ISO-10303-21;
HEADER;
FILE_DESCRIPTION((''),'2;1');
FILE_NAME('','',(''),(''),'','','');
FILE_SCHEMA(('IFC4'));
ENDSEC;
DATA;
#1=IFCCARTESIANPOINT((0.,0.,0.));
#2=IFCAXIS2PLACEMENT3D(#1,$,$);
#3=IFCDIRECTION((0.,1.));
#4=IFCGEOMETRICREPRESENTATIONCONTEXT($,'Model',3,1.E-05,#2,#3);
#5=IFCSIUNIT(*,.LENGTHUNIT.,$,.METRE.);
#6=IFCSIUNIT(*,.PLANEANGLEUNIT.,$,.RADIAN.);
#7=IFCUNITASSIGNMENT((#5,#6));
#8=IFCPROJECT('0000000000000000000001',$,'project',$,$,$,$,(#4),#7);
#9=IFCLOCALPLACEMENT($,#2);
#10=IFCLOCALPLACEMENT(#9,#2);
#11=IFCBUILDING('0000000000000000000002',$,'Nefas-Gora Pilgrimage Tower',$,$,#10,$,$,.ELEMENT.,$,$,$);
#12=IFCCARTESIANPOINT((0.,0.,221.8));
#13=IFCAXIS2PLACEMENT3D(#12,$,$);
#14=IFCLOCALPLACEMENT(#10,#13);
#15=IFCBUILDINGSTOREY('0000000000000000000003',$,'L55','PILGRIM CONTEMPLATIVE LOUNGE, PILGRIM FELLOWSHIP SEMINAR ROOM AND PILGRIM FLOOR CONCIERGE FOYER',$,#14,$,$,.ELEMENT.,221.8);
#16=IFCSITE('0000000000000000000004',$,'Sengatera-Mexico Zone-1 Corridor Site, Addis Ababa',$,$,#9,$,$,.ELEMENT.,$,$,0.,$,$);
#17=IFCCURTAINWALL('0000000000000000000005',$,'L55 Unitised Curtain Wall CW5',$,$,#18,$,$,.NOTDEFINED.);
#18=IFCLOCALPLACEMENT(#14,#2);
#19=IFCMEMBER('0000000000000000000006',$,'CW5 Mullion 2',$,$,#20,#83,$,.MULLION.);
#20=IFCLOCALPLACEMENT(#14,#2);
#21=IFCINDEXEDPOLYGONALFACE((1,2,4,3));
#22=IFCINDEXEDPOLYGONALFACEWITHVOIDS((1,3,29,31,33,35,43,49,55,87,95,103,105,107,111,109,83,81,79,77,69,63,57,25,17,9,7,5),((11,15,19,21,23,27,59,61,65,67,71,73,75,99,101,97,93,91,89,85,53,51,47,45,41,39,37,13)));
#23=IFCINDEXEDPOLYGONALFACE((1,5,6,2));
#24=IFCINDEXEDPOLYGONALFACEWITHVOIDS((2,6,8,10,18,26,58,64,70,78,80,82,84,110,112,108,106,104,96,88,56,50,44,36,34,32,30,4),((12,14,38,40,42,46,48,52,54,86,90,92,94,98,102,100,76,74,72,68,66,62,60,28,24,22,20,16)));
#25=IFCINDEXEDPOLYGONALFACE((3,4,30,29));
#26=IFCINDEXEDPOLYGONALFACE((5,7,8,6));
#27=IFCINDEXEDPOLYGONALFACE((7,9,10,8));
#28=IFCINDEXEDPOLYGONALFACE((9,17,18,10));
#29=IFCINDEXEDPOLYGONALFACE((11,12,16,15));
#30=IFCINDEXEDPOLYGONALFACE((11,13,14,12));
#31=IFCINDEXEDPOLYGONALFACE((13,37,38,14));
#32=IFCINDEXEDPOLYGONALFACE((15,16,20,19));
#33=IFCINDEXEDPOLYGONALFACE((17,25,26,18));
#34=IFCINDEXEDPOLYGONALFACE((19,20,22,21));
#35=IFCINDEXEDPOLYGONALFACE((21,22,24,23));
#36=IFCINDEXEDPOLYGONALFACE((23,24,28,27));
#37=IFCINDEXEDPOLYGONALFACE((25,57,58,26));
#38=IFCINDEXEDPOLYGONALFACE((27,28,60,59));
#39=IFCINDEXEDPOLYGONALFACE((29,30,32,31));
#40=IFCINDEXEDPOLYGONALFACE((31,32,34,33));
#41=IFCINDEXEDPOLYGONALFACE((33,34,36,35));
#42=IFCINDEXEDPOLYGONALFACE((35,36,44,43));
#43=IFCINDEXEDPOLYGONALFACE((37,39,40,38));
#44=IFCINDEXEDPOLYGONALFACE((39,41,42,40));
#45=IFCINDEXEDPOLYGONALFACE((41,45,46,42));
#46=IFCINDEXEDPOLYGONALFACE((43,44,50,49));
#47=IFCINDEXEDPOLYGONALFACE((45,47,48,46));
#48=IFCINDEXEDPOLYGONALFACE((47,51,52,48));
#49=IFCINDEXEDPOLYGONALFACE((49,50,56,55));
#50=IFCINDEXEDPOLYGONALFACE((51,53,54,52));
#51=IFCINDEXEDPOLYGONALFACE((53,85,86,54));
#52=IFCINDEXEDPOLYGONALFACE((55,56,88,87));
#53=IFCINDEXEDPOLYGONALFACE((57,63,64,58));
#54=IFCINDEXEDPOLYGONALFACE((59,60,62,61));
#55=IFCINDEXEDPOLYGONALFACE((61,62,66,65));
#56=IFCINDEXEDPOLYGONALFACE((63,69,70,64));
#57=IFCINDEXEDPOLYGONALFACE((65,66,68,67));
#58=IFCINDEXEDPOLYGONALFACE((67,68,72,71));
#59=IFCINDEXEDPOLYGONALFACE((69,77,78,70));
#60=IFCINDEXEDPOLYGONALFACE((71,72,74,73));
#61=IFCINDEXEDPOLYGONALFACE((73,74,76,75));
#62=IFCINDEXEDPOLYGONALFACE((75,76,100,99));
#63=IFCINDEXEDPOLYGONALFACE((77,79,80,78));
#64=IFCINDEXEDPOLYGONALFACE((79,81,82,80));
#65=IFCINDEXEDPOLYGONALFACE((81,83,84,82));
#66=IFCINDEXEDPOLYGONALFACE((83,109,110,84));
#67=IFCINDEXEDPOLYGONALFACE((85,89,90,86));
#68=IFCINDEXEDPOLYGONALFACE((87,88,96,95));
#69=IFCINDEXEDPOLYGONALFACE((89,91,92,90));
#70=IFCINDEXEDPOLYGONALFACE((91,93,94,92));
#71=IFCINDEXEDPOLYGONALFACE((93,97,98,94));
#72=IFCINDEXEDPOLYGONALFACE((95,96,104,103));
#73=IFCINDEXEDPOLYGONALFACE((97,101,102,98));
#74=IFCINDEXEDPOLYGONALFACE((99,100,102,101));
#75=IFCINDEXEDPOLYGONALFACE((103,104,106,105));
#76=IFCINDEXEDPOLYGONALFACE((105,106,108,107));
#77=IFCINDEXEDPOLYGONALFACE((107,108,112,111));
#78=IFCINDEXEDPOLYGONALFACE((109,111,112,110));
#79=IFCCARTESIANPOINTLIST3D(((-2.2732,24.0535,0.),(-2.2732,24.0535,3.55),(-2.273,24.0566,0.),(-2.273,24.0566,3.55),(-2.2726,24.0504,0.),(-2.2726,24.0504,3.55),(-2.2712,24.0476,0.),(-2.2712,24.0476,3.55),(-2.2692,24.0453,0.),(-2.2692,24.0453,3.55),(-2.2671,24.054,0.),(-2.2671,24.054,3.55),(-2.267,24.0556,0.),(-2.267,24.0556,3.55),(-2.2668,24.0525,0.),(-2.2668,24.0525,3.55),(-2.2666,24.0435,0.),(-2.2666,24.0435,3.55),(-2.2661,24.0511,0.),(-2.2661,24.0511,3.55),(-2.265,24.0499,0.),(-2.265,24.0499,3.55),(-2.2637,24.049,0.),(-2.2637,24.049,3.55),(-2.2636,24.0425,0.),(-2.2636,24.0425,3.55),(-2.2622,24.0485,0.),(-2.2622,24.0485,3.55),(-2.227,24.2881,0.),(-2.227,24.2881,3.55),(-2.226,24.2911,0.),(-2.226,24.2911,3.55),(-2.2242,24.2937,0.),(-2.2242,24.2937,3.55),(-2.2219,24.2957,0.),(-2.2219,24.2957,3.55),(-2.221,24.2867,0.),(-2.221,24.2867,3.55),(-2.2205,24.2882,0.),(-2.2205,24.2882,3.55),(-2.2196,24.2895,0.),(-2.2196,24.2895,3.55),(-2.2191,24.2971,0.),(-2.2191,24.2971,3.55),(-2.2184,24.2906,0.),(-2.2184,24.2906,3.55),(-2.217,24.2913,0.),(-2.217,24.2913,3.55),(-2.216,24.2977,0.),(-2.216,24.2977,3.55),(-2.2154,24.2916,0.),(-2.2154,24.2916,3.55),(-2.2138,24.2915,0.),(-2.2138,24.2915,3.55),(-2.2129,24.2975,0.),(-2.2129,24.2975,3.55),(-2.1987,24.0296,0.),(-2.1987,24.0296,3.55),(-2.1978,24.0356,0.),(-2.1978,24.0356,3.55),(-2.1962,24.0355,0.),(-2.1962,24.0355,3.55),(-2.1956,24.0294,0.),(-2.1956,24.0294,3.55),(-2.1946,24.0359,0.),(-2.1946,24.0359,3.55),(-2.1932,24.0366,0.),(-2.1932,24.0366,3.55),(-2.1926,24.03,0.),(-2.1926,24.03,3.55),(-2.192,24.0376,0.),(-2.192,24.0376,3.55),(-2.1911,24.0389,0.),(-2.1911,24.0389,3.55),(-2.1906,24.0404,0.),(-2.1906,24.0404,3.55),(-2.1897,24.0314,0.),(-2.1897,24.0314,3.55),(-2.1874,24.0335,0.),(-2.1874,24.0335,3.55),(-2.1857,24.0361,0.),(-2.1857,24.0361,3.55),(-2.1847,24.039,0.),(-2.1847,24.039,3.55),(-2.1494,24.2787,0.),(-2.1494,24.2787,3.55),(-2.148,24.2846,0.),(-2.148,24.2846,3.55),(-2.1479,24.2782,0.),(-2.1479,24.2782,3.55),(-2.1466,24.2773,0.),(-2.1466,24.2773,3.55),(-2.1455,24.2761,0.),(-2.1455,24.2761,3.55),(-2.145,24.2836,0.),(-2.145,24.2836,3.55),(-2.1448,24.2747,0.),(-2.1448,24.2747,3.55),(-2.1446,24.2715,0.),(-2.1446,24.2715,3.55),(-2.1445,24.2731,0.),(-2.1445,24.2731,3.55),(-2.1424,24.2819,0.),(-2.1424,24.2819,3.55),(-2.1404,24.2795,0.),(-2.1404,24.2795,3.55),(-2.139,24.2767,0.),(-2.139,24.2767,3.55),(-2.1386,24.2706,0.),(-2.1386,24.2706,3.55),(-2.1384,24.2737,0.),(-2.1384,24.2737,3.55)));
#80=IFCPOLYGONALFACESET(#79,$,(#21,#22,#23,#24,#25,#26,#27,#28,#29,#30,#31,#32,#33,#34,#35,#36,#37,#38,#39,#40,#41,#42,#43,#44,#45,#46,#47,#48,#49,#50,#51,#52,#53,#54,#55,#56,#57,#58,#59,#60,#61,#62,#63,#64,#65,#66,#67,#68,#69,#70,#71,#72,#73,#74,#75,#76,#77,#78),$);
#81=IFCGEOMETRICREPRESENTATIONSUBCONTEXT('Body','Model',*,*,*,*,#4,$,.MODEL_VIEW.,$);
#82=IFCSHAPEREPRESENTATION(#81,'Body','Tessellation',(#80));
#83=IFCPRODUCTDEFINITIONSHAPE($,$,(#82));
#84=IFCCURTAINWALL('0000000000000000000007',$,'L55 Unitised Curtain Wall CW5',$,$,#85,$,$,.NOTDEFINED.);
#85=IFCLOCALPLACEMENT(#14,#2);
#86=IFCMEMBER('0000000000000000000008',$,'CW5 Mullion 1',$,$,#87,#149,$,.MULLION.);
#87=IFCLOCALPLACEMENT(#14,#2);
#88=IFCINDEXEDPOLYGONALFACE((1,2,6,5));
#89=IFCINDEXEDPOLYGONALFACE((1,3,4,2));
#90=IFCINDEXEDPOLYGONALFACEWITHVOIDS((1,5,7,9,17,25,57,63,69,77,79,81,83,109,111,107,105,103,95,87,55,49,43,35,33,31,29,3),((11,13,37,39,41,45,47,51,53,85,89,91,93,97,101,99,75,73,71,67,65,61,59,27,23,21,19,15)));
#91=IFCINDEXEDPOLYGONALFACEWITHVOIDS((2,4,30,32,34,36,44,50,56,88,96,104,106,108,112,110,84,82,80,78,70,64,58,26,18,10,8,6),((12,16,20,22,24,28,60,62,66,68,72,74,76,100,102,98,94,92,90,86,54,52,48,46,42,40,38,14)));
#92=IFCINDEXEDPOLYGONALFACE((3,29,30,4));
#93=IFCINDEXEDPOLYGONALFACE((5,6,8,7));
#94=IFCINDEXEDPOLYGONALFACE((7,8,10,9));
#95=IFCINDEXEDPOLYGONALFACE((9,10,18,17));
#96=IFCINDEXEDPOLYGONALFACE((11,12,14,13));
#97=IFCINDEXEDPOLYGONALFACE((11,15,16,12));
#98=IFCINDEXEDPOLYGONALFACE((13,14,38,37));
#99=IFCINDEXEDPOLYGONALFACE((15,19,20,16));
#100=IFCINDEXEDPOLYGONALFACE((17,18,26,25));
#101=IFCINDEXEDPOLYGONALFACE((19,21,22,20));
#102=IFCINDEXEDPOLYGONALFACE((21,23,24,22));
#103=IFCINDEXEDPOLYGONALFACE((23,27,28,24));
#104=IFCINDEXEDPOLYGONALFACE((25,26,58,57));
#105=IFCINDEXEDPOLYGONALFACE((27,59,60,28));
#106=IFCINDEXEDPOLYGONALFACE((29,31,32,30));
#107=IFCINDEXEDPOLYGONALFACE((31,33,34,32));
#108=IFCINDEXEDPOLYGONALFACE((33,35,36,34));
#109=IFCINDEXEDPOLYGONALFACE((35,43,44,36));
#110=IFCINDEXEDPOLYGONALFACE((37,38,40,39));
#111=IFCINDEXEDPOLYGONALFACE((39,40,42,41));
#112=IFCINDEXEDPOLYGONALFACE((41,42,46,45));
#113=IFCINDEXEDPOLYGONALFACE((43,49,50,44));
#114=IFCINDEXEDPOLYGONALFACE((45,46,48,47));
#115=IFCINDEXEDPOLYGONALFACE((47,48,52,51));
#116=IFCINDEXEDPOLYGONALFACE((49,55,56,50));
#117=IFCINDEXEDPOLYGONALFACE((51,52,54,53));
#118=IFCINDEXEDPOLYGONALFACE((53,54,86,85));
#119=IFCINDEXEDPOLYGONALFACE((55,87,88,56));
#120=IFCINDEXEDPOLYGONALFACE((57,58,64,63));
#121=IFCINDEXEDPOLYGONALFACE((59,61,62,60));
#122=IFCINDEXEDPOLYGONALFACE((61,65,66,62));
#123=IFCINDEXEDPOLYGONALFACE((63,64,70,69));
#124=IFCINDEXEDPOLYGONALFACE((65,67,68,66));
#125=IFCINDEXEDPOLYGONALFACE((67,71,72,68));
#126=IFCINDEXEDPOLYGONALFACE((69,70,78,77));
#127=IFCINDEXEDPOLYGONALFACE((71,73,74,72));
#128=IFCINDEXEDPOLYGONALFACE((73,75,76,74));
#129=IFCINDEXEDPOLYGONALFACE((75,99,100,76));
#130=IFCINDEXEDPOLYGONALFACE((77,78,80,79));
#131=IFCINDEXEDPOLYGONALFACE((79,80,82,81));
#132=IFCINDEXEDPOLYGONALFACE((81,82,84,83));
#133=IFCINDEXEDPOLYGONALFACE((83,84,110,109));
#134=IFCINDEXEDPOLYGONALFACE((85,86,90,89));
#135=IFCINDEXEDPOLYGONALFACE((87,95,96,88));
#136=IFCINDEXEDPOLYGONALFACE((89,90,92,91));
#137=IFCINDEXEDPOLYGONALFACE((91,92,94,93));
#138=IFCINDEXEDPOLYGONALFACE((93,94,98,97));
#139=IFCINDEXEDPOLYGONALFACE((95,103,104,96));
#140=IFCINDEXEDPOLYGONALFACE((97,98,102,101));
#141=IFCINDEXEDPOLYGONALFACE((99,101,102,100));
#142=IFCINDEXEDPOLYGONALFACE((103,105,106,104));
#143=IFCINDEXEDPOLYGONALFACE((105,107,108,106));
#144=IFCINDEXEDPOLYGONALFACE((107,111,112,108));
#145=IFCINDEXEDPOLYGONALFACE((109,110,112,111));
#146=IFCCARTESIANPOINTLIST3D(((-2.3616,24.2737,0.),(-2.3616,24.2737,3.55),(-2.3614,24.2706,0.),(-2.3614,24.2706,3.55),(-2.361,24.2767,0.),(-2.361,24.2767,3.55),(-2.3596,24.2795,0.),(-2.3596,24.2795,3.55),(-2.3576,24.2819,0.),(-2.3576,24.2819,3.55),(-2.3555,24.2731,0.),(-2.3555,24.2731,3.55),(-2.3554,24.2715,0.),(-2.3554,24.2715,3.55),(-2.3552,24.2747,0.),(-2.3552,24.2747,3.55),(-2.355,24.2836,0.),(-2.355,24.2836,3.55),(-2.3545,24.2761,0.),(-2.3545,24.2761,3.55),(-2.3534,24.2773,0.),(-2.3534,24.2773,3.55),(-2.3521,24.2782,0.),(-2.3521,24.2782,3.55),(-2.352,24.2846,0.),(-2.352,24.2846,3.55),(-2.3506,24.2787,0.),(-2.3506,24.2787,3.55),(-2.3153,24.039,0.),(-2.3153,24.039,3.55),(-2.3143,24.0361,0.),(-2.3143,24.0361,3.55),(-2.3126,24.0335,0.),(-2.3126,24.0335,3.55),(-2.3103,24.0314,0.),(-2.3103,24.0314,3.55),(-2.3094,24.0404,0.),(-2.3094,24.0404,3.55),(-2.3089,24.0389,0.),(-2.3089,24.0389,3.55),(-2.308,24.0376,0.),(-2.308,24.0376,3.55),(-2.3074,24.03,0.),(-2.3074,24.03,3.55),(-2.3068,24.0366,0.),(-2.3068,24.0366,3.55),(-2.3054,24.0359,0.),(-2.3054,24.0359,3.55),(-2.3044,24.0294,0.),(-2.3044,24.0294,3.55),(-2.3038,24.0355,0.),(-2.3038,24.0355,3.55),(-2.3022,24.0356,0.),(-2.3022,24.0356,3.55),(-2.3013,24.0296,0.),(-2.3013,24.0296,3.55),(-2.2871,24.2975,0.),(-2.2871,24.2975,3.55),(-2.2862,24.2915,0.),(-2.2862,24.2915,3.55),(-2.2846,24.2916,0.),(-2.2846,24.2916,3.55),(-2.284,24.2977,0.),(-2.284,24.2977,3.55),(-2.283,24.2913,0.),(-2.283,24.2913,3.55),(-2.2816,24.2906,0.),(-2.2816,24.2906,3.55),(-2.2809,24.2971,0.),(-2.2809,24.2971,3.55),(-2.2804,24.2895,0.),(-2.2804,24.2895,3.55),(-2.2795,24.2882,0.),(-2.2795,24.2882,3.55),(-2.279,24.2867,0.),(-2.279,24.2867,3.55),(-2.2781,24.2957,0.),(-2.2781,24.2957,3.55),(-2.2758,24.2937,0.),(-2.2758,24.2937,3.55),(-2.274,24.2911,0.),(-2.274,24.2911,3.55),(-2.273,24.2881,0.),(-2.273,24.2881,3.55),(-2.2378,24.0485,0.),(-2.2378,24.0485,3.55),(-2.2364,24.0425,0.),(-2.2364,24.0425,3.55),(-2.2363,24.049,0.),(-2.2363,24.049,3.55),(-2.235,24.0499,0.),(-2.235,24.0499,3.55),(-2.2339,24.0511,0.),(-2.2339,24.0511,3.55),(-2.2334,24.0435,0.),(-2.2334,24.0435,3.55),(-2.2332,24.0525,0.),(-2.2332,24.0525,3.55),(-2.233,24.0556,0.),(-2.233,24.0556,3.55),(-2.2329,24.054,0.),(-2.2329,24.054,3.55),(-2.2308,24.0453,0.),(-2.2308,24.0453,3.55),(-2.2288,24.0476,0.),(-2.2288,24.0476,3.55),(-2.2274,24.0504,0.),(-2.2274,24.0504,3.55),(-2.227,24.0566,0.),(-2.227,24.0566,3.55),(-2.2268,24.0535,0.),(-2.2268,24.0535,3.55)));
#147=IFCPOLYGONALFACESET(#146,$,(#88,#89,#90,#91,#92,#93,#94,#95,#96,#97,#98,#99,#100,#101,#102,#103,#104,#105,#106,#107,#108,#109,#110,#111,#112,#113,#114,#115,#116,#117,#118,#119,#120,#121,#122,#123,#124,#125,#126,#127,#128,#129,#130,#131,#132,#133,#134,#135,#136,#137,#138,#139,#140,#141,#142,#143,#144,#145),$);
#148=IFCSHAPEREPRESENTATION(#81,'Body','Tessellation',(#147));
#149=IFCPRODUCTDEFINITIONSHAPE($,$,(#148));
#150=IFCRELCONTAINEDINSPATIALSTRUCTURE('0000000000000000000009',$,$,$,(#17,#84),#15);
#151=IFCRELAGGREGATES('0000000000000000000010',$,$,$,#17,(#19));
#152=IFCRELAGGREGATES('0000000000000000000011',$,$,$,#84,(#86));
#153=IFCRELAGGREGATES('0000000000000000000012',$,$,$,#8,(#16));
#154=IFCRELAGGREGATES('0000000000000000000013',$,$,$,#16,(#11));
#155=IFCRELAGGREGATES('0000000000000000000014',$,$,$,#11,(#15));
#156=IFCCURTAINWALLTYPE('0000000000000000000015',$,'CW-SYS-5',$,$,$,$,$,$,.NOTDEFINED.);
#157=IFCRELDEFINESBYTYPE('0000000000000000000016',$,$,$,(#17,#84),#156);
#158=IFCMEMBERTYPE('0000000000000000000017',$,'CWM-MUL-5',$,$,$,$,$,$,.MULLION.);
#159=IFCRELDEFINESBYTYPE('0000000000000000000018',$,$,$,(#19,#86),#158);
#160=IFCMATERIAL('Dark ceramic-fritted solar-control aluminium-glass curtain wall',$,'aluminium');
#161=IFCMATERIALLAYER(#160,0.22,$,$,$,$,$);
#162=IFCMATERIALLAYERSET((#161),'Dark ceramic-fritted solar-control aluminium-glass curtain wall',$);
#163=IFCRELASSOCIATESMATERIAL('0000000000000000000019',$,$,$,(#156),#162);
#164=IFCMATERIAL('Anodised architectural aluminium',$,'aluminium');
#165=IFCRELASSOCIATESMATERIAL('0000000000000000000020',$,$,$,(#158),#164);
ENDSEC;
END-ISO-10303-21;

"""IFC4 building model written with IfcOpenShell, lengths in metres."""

from ifc_helpers import new_model, si_unit, direction, frame, origin, origin_2d, place, context, subcontext, project, spatial, hollow_rectangle, extrude, source, transform, mapped, material, layer, layer_set, material_profile, profile_set, type_object, element, aggregate, save


model = new_model("IFC4")

# Units and contexts
model_context = context("Model", 3, precision=1e-05, world=origin(), true_north=direction((0.0, 1.0)))
body_context = subcontext(model_context, "Body", "Model", "MODEL_VIEW")
ifc_project = project(units=[si_unit("LENGTHUNIT", "METRE"), si_unit("PLANEANGLEUNIT", "RADIAN")], contexts=[model_context])

# Site, building, storey
site_placement = place(None, origin())
site = spatial("IfcSite", under=ifc_project, at=site_placement, Name="Sengatera-Mexico Zone-1 Corridor Site, Addis Ababa", CompositionType="ELEMENT", RefElevation=0.0)
building_placement = place(site_placement, origin())
building = spatial("IfcBuilding", under=site, at=building_placement, Name="Nefas-Gora Pilgrimage Tower", CompositionType="ELEMENT")
storey_placement = place(building_placement, frame((0.0, 0.0, 221.8)))
storey = spatial("IfcBuildingStorey", under=building, at=storey_placement, Name="L55", Description="PILGRIM CONTEMPLATIVE LOUNGE, PILGRIM FELLOWSHIP SEMINAR ROOM AND PILGRIM FLOOR CONCIERGE FOYER", CompositionType="ELEMENT", Elevation=221.8)

# Curtain wall, member
ifc_material_1 = material(Name="Dark ceramic-fritted solar-control aluminium-glass curtain wall", Category="aluminium")
ifc_layer_1 = layer(ifc_material_1, 0.22)
ifc_layer_set_1 = layer_set([ifc_layer_1], Name="Dark ceramic-fritted solar-control aluminium-glass curtain wall")
curtain_wall_type = type_object("IfcCurtainWallType", Name="CW-SYS-5", PredefinedType="NOTDEFINED", material=ifc_layer_set_1)
curtain_wall_1_placement = place(storey_placement, origin())
curtain_wall_1 = element("IfcCurtainWall", 1, at=curtain_wall_1_placement, inside=storey, type_object=curtain_wall_type, Name="L55 Unitised Curtain Wall CW5", PredefinedType="NOTDEFINED")
ifc_material_2 = material(Name="Anodised architectural aluminium", Category="aluminium")
ifc_material_profile_1 = material_profile(ifc_material_2, hollow_rectangle(XDim=0.0901, YDim=0.26, WallThickness=0.0061, InnerFilletRadius=0.0061, OuterFilletRadius=0.012, at=origin_2d()), Name="ALU MULLION 90x260")
ifc_profile_set_1 = profile_set([ifc_material_profile_1], Name="Anodised architectural aluminium")
member_type_1 = type_object("IfcMemberType", Name="CWM-MUL-5", PredefinedType="MULLION", material=ifc_profile_set_1)
shared_shape_1 = source(origin(), body_context, "Body", "SweptSolid", [
    extrude(hollow_rectangle(XDim=0.0901, YDim=0.26, WallThickness=0.0061, InnerFilletRadius=0.0061, OuterFilletRadius=0.012, at=origin_2d()), origin(), (0.0, 0.0, 1.0), 3.55),
])
member_1_placement = place(storey_placement, frame((-2.2058, 24.1636, 0.0), z_axis=(0.0, 0.0, 1.0), x_axis=(-0.980783, 0.195102, 0.0)))
member_1 = element("IfcMember", 2, at=member_1_placement, type_object=member_type_1, Name="CW5 Mullion 2", PredefinedType="MULLION", context=body_context, shape_type="MappedRepresentation", body=[
    mapped(shared_shape_1, transform((0.0, 0.0, 0.0), x_axis=(1.0, 0.0, 0.0), y_axis=(0.0, 1.0, 0.0), z_axis=(0.0, 0.0, 1.0), scale=1.0)),
])
aggregate(curtain_wall_1, [member_1])

# Curtain wall, member
curtain_wall_2_placement = place(storey_placement, origin())
curtain_wall_2 = element("IfcCurtainWall", 3, at=curtain_wall_2_placement, inside=storey, type_object=curtain_wall_type, Name="L55 Unitised Curtain Wall CW5", PredefinedType="NOTDEFINED")
member_2_placement = place(storey_placement, frame((-2.2942, 24.1636, 0.0), z_axis=(0.0, 0.0, 1.0), x_axis=(-0.980783, -0.195102, 0.0)))
member_2 = element("IfcMember", 4, at=member_2_placement, type_object=member_type_1, Name="CW5 Mullion 1", PredefinedType="MULLION", context=body_context, shape_type="MappedRepresentation", body=[
    mapped(shared_shape_1, transform((0.0, 0.0, 0.0), x_axis=(1.0, 0.0, 0.0), y_axis=(0.0, 1.0, 0.0), z_axis=(0.0, 0.0, 1.0), scale=1.0)),
])
aggregate(curtain_wall_2, [member_2])

save(model, "model.ifc")
